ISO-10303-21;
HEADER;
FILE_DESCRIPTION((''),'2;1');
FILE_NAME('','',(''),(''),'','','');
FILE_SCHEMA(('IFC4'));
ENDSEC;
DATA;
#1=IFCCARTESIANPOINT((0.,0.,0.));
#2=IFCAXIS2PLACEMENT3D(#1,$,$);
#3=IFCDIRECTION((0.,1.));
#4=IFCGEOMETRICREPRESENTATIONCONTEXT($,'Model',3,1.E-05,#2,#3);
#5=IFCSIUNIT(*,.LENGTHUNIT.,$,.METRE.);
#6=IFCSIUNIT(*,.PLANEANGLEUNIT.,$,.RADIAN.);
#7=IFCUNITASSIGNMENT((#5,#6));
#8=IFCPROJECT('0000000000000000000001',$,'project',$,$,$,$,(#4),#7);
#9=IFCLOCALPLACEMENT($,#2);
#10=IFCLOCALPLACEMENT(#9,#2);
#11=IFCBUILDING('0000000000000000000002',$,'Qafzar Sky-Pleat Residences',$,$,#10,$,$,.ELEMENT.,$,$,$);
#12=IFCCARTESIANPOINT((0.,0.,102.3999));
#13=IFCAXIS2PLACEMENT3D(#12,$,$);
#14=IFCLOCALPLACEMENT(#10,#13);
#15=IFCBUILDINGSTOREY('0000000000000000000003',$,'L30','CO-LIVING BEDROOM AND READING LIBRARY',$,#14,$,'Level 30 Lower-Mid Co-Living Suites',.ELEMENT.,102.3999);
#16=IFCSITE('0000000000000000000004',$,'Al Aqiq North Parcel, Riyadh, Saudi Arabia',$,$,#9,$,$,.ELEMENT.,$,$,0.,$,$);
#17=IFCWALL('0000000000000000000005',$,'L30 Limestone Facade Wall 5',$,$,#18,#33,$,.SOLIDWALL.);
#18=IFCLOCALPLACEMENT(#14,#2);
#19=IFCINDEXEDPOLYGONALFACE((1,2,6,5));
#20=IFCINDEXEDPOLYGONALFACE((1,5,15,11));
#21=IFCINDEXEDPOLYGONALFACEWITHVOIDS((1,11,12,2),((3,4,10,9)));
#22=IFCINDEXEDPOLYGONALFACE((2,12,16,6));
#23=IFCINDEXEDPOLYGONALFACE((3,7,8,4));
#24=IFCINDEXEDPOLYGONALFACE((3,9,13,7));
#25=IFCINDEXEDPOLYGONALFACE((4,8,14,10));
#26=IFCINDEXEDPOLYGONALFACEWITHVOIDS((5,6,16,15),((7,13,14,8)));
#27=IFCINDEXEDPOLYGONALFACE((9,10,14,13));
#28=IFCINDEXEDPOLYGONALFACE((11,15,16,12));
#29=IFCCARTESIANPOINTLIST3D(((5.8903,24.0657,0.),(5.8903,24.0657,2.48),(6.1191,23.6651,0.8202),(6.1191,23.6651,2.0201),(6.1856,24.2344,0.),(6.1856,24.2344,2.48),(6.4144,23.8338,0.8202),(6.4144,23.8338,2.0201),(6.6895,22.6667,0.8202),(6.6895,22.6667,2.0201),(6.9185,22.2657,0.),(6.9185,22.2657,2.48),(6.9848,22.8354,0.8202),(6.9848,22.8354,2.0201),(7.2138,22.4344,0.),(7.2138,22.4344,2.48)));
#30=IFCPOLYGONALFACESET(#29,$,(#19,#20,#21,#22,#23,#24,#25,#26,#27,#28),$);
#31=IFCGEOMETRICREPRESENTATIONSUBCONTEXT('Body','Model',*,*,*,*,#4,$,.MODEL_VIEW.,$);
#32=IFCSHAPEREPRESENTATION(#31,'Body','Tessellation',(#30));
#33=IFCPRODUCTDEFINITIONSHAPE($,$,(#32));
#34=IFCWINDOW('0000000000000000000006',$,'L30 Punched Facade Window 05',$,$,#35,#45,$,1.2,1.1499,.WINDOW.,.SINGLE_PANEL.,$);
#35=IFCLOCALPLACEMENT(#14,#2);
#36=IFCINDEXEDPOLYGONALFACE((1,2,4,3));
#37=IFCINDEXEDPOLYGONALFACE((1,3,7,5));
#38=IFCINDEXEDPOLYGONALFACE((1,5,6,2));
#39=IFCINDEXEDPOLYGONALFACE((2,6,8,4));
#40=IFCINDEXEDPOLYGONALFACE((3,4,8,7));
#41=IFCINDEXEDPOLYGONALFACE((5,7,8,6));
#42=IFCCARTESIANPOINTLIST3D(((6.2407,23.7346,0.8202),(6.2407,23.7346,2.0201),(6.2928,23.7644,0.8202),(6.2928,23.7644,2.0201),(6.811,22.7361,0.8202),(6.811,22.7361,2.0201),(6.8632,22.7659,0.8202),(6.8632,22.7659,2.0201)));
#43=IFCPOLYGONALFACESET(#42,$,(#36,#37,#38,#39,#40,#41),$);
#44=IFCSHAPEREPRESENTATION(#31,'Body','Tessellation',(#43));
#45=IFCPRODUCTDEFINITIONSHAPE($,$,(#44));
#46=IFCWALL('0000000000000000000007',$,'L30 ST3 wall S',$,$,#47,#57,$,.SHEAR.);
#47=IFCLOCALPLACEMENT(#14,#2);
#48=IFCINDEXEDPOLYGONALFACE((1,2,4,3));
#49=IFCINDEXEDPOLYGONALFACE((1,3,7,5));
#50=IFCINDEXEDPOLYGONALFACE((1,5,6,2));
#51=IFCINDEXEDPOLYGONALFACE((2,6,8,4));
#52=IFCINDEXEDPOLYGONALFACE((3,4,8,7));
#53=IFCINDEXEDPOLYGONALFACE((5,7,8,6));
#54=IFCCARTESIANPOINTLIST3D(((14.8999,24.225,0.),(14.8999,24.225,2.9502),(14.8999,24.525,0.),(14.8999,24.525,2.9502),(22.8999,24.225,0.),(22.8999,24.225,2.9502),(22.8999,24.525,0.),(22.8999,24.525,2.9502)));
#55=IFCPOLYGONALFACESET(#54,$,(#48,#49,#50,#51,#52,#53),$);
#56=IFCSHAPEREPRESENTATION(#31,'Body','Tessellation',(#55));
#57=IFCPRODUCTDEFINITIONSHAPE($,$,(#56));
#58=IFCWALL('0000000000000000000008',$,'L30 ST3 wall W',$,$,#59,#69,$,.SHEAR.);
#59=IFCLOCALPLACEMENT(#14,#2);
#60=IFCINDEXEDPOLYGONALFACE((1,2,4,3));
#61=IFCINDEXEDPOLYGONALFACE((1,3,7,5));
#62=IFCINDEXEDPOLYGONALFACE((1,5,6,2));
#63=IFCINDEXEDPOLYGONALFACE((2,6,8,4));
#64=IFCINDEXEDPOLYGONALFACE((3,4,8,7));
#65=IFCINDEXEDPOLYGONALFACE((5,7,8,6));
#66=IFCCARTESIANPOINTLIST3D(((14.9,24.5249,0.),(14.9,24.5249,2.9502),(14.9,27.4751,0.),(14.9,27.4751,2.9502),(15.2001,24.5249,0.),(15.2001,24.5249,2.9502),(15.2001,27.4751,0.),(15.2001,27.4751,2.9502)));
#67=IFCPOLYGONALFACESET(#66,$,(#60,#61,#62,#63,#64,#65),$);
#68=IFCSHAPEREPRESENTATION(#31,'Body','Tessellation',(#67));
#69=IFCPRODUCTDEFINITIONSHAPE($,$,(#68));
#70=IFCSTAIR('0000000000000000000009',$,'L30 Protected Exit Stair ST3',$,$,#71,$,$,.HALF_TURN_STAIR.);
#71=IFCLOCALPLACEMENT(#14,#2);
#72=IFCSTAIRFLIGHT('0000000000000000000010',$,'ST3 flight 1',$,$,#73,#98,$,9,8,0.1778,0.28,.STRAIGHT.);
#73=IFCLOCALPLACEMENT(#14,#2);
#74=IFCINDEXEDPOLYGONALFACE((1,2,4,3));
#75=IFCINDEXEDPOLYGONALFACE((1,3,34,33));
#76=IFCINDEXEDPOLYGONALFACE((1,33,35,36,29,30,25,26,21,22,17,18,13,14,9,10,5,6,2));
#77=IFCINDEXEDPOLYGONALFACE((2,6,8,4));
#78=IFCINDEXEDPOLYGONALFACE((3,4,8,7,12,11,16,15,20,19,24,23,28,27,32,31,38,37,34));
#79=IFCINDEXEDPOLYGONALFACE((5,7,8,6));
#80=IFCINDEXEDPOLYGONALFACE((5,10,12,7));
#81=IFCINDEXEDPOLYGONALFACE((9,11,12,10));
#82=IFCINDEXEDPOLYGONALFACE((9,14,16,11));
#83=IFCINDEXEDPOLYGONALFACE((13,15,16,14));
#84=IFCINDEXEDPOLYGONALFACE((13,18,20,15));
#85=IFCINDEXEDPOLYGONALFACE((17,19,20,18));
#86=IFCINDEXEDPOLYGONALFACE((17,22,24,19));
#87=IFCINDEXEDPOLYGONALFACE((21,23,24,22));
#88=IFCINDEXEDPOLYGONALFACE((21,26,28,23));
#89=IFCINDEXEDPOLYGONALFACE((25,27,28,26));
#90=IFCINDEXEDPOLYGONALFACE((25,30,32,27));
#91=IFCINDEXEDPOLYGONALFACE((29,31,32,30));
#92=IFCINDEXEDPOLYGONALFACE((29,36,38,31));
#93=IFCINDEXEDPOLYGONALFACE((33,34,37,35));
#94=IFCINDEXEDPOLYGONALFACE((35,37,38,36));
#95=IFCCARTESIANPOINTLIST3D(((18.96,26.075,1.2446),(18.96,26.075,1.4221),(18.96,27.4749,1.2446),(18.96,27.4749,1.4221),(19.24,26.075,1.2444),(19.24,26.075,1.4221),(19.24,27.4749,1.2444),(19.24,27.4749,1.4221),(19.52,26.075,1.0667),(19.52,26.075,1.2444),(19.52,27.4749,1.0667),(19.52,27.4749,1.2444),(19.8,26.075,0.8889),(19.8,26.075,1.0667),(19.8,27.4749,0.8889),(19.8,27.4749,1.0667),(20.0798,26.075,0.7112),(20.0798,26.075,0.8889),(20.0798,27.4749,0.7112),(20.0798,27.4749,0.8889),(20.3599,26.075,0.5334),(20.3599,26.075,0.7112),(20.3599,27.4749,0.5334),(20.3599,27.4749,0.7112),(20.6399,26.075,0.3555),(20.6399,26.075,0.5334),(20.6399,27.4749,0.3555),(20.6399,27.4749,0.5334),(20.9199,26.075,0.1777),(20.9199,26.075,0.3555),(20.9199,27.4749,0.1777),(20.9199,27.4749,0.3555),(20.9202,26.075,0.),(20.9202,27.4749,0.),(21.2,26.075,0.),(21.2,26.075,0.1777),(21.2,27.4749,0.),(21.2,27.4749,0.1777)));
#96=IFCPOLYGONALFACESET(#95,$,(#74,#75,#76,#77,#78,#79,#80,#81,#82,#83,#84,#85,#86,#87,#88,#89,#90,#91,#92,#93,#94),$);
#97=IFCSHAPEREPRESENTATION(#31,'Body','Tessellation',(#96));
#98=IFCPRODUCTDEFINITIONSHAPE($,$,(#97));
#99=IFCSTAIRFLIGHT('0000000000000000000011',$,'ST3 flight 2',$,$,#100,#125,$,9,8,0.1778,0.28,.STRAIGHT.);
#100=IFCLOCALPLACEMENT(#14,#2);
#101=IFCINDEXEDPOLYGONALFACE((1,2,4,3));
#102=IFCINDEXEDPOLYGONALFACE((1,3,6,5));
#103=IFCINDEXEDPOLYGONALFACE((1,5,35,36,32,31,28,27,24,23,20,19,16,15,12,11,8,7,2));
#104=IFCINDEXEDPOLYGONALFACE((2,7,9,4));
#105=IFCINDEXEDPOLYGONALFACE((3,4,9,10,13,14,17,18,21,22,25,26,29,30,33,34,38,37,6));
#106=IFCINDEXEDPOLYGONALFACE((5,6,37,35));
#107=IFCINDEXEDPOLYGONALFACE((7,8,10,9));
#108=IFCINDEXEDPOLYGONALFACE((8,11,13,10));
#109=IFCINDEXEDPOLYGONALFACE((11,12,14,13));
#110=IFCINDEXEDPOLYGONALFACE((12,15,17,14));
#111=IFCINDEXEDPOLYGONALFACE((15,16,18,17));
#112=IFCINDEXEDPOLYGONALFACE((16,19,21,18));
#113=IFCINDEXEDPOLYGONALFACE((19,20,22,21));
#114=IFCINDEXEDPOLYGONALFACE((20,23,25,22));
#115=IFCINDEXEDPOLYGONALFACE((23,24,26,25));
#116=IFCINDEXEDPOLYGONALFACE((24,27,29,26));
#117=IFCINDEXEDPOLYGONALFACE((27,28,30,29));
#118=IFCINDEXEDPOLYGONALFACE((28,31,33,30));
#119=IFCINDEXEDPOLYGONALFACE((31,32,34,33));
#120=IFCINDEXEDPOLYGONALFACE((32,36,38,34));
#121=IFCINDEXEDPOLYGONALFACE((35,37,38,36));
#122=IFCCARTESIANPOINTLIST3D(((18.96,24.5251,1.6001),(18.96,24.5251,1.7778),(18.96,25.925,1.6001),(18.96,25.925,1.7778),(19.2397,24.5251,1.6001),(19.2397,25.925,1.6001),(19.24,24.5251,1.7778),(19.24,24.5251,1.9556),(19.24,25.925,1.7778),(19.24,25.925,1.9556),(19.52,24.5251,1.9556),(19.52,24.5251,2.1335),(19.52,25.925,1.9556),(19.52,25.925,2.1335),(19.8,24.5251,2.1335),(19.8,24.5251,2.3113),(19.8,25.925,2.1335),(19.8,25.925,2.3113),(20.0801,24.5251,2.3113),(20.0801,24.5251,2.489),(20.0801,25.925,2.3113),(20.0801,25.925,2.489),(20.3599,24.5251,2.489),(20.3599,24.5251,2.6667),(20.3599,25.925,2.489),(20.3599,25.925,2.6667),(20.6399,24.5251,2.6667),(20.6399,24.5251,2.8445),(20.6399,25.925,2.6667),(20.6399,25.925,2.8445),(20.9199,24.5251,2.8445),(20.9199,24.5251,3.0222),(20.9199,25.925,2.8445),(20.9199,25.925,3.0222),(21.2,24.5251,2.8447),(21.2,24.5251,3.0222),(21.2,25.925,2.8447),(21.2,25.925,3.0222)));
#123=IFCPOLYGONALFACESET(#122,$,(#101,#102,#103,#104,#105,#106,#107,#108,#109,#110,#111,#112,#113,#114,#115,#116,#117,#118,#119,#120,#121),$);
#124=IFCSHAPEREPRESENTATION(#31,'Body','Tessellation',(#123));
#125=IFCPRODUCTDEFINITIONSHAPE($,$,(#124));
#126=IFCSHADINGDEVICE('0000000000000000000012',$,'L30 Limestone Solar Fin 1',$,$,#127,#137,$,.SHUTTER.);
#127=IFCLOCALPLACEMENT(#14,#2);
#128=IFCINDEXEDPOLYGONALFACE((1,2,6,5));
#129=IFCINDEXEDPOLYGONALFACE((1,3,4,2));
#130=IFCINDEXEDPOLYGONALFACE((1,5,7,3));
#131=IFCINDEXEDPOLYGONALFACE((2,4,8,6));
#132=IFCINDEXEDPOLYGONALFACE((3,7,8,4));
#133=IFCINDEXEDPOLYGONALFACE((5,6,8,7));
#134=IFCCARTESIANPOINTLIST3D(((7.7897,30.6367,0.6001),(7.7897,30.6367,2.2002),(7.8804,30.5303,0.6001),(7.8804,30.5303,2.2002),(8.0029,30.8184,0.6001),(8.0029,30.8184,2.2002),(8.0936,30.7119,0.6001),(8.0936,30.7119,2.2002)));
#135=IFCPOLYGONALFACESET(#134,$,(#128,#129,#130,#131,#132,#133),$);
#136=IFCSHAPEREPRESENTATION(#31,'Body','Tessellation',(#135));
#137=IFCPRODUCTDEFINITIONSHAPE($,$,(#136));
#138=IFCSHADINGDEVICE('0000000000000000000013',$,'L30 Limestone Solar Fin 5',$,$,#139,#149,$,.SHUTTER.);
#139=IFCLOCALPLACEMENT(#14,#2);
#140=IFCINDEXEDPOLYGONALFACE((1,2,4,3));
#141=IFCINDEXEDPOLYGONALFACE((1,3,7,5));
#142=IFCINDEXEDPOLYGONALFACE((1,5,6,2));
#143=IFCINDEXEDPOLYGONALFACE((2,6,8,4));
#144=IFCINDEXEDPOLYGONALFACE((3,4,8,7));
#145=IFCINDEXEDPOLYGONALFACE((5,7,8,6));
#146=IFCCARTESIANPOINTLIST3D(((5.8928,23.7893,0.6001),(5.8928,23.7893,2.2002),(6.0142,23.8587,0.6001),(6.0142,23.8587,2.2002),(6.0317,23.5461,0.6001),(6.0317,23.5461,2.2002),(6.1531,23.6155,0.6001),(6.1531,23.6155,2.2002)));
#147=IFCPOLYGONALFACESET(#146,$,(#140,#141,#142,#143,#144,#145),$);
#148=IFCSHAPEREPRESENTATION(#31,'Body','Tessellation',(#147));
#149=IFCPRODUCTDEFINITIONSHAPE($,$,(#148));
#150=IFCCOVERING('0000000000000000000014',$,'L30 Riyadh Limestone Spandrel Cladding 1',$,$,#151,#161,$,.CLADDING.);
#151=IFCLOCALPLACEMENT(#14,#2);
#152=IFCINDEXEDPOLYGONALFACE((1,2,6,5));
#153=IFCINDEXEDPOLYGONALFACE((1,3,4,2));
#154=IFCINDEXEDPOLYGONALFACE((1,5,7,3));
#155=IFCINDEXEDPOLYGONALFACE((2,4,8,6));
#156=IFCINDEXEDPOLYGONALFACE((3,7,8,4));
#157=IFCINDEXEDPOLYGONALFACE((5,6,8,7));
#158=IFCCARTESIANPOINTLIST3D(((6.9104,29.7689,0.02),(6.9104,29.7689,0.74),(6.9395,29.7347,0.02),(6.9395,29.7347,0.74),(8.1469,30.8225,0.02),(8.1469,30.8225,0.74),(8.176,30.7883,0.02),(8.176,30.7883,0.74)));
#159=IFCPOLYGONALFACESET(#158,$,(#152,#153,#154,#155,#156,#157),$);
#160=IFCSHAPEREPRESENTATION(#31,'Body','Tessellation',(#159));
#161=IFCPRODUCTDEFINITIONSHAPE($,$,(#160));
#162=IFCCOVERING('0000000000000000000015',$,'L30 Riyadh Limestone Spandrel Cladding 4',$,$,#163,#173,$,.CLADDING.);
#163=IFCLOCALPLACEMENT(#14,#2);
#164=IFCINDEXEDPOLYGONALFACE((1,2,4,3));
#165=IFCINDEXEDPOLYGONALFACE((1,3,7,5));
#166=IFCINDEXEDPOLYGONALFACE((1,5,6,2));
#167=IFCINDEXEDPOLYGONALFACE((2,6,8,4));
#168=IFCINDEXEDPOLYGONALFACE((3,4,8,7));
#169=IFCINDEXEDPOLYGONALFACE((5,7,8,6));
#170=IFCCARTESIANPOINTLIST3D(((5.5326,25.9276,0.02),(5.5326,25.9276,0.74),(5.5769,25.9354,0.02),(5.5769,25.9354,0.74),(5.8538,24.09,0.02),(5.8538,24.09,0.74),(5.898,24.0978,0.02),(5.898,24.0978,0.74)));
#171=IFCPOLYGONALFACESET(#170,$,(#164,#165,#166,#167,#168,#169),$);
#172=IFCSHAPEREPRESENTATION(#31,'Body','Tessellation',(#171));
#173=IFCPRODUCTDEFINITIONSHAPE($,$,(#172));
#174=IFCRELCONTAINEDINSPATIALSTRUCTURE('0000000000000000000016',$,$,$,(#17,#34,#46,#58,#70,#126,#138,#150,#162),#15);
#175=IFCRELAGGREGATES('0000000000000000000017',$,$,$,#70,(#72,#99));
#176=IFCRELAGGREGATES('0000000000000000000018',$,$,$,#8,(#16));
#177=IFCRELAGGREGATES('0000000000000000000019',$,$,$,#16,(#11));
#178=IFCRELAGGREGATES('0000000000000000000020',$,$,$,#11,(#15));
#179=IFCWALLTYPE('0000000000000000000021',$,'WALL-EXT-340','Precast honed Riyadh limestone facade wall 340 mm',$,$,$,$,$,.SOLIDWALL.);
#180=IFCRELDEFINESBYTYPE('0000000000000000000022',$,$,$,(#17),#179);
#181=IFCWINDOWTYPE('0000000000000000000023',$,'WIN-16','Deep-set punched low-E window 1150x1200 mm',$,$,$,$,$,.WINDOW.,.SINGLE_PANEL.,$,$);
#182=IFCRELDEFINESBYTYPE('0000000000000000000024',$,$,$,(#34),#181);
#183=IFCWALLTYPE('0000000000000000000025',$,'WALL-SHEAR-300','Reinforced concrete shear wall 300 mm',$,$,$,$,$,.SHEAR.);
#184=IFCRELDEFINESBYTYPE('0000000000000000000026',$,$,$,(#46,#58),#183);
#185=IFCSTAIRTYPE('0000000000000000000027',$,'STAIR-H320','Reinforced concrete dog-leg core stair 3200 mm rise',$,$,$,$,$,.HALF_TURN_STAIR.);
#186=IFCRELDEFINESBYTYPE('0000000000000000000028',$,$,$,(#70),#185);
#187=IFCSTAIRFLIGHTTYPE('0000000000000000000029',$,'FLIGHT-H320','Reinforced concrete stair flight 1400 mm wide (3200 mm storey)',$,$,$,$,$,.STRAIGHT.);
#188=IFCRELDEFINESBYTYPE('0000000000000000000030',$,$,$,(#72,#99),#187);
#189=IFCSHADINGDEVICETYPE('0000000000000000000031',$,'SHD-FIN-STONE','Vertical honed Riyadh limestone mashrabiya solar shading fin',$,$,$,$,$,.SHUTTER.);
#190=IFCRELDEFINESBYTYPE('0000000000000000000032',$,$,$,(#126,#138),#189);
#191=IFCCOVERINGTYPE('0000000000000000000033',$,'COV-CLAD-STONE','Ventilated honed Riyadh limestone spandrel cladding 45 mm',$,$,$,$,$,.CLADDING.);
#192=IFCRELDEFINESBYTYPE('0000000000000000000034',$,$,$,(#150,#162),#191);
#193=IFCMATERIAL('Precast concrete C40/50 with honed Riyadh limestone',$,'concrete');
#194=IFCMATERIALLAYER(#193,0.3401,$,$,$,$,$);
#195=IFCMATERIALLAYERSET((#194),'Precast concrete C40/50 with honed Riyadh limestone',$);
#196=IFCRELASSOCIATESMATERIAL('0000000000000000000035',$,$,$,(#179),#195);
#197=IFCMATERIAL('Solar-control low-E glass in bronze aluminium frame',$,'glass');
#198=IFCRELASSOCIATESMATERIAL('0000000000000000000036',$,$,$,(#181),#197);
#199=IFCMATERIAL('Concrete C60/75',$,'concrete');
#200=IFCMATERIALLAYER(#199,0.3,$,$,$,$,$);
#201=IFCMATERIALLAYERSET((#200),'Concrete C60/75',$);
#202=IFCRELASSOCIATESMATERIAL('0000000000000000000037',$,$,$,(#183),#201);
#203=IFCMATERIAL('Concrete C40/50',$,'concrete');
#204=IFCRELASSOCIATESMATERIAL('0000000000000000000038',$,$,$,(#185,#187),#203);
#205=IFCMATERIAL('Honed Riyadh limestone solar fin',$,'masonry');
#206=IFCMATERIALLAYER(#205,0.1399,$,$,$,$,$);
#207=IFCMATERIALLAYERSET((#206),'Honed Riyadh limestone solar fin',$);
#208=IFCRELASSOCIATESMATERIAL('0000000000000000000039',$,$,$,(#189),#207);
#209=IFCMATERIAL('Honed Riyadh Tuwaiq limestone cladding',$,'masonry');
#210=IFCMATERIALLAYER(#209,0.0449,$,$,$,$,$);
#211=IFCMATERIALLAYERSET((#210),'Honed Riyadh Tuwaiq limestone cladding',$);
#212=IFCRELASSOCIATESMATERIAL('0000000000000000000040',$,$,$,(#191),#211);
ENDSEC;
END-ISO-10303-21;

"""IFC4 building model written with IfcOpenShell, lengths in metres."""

from ifc_helpers import new_model, si_unit, direction, frame, frame_2d, origin, origin_2d, place, context, subcontext, project, spatial, polyline, rectangle, outline, extrude, source, transform, mapped, material, layer, layer_set, type_object, element, fill, aggregate, save


model = new_model("IFC4")

# Units and contexts
model_context = context("Model", 3, precision=1e-05, world=origin(), true_north=direction((0.0, 1.0)))
body_context = subcontext(model_context, "Body", "Model", "MODEL_VIEW")
ifc_project = project(units=[si_unit("LENGTHUNIT", "METRE"), si_unit("PLANEANGLEUNIT", "RADIAN")], contexts=[model_context])

# Site, building, storey
site_placement = place(None, origin())
site = spatial("IfcSite", under=ifc_project, at=site_placement, Name="Al Aqiq North Parcel, Riyadh, Saudi Arabia", CompositionType="ELEMENT", RefElevation=0.0)
building_placement = place(site_placement, origin())
building = spatial("IfcBuilding", under=site, at=building_placement, Name="Qafzar Sky-Pleat Residences", CompositionType="ELEMENT")
storey_placement = place(building_placement, frame((0.0, 0.0, 102.3999)))
storey = spatial("IfcBuildingStorey", under=building, at=storey_placement, Name="L30", Description="CO-LIVING BEDROOM AND READING LIBRARY", LongName="Level 30 Lower-Mid Co-Living Suites", CompositionType="ELEMENT", Elevation=102.3999)

# Wall, opening, window
ifc_material_1 = material(Name="Precast concrete C40/50 with honed Riyadh limestone", Category="concrete")
ifc_layer_1 = layer(ifc_material_1, 0.3401)
ifc_layer_set_1 = layer_set([ifc_layer_1], Name="Precast concrete C40/50 with honed Riyadh limestone")
wall_type_1 = type_object("IfcWallType", Name="WALL-EXT-340", Description="Precast honed Riyadh limestone facade wall 340 mm", PredefinedType="SOLIDWALL", material=ifc_layer_set_1)
ifc_material_2 = material(Name="Solar-control low-E glass in bronze aluminium frame", Category="glass")
wall_1_placement = place(storey_placement, frame((6.0378, 24.1501, 0.0), z_axis=(0.0, 0.0, 1.0), x_axis=(0.496037, -0.868301, 0.0)))
wall_1 = element("IfcWall", 1, at=wall_1_placement, inside=storey, type_object=wall_type_1, Name="L30 Limestone Facade Wall 5", PredefinedType="SOLIDWALL", context=body_context, shape_type="SweptSolid", body=[
    extrude(rectangle(XDim=2.073, YDim=0.3401, at=frame_2d((1.0366, 0.0))), origin(), (0.0, 0.0, 1.0), 2.48),
])
opening_1_placement = place(wall_1_placement, frame((0.4614, 0.0, 0.8201)))
opening_1 = element("IfcOpeningElement", 2, at=opening_1_placement, cuts=wall_1, PredefinedType="OPENING", context=body_context, shape_type="SweptSolid", body=[
    extrude(rectangle(XDim=1.1499, YDim=1.2, at=frame_2d((0.575, 0.6001))), frame((0.0, 0.1802, 0.0), z_axis=(0.0, -1.0, 0.0), x_axis=(1.0, 0.0, 0.0)), (0.0, 0.0, 1.0), 0.3601),
])
window_type_1 = type_object("IfcWindowType", Name="WIN-16", Description="Deep-set punched low-E window 1150x1200 mm", PartitioningType="SINGLE_PANEL", PredefinedType="WINDOW", material=ifc_material_2)
shared_shape_1 = source(origin(), body_context, "Body", "SweptSolid", [
    extrude(rectangle(XDim=1.1499, YDim=1.2, at=frame_2d((0.575, 0.6001))), frame((0.0, 0.03, 0.0), z_axis=(0.0, -1.0, 0.0), x_axis=(1.0, 0.0, 0.0)), (0.0, 0.0, 1.0), 0.0601),
])
window_1_placement = place(opening_1_placement, origin())
window_1 = element("IfcWindow", 3, at=window_1_placement, inside=storey, type_object=window_type_1, Name="L30 Punched Facade Window 05", OverallHeight=1.2, OverallWidth=1.1499, PartitioningType="SINGLE_PANEL", PredefinedType="WINDOW", context=body_context, shape_type="MappedRepresentation", body=[
    mapped(shared_shape_1, transform((0.0, 0.0, 0.0), x_axis=(1.0, 0.0, 0.0), y_axis=(0.0, 1.0, 0.0), z_axis=(0.0, 0.0, 1.0), scale=1.0)),
])
fill(opening_1, window_1)

# Walls
ifc_material_3 = material(Name="Concrete C60/75", Category="concrete")
ifc_layer_2 = layer(ifc_material_3, 0.3)
ifc_layer_set_2 = layer_set([ifc_layer_2], Name="Concrete C60/75")
wall_type_2 = type_object("IfcWallType", Name="WALL-SHEAR-300", Description="Reinforced concrete shear wall 300 mm", PredefinedType="SHEAR", material=ifc_layer_set_2)
wall_2_placement = place(storey_placement, frame((14.8999, 24.375, 0.0), z_axis=(0.0, 0.0, 1.0), x_axis=(1.0, 0.0, 0.0)))
element("IfcWall", 4, at=wall_2_placement, inside=storey, type_object=wall_type_2, Name="L30 ST3 wall S", PredefinedType="SHEAR", context=body_context, shape_type="SweptSolid", body=[
    extrude(rectangle(XDim=8.0, YDim=0.3, at=frame_2d((4.0, 0.0))), origin(), (0.0, 0.0, 1.0), 2.9502),
])
wall_3_placement = place(storey_placement, frame((15.05, 27.4751, 0.0), z_axis=(0.0, 0.0, 1.0), x_axis=(0.0, -1.0, 0.0)))
element("IfcWall", 5, at=wall_3_placement, inside=storey, type_object=wall_type_2, Name="L30 ST3 wall W", PredefinedType="SHEAR", context=body_context, shape_type="SweptSolid", body=[
    extrude(rectangle(XDim=2.9502, YDim=0.3, at=frame_2d((1.4751, 0.0))), origin(), (0.0, 0.0, 1.0), 2.9502),
])

# Stair, stair flights
ifc_material_4 = material(Name="Concrete C40/50", Category="concrete")
stair_type = type_object("IfcStairType", Name="STAIR-H320", Description="Reinforced concrete dog-leg core stair 3200 mm rise", PredefinedType="HALF_TURN_STAIR", material=ifc_material_4)
stair_placement = place(storey_placement, origin())
stair = element("IfcStair", 6, at=stair_placement, inside=storey, type_object=stair_type, Name="L30 Protected Exit Stair ST3", PredefinedType="HALF_TURN_STAIR")
stair_flight_type = type_object("IfcStairFlightType", Name="FLIGHT-H320", Description="Reinforced concrete stair flight 1400 mm wide (3200 mm storey)", PredefinedType="STRAIGHT", material=ifc_material_4)
shared_shape_2 = source(origin(), body_context, "Body", "SweptSolid", [
    extrude(outline(polyline([(0.0, 0.0), (0.0, 0.1777), (0.28, 0.1777), (0.28, 0.3555), (0.5601, 0.3555), (0.5601, 0.5334), (0.8401, 0.5334), (0.8401, 0.7112), (1.1201, 0.7112), (1.1201, 0.8889), (1.3999, 0.8889), (1.3999, 1.0667), (1.6799, 1.0667), (1.6799, 1.2444), (1.96, 1.2444), (1.96, 1.4221), (2.24, 1.4221), (2.24, 1.6001), (2.24, 1.2446), (0.2798, 0.0), (0.0, 0.0)])), frame((0.0, 0.7, 0.0), z_axis=(0.0, -1.0, 0.0), x_axis=(1.0, 0.0, 0.0)), (0.0, 0.0, 1.0), 1.3999),
])
stair_flight_1_placement = place(storey_placement, frame((21.2, 26.7749, 0.0), z_axis=(0.0, 0.0, 1.0), x_axis=(-1.0, 0.0, 0.0)))
stair_flight_1 = element("IfcStairFlight", 7, at=stair_flight_1_placement, type_object=stair_flight_type, Name="ST3 flight 1", NumberOfRisers=9, NumberOfTreads=8, PredefinedType="STRAIGHT", RiserHeight=0.1778, TreadLength=0.28, context=body_context, shape_type="MappedRepresentation", body=[
    mapped(shared_shape_2, transform((0.0, 0.0, 0.0), x_axis=(1.0, 0.0, 0.0), y_axis=(0.0, 1.0, 0.0), z_axis=(0.0, 0.0, 1.0), scale=1.0)),
])
stair_flight_2_placement = place(storey_placement, frame((18.96, 25.2251, 1.6001), z_axis=(0.0, 0.0, 1.0), x_axis=(1.0, 0.0, 0.0)))
stair_flight_2 = element("IfcStairFlight", 8, at=stair_flight_2_placement, type_object=stair_flight_type, Name="ST3 flight 2", NumberOfRisers=9, NumberOfTreads=8, PredefinedType="STRAIGHT", RiserHeight=0.1778, TreadLength=0.28, context=body_context, shape_type="MappedRepresentation", body=[
    mapped(shared_shape_2, transform((0.0, 0.0, 0.0), x_axis=(1.0, 0.0, 0.0), y_axis=(0.0, 1.0, 0.0), z_axis=(0.0, 0.0, 1.0), scale=1.0)),
])
aggregate(stair, [stair_flight_1, stair_flight_2])

# Shading devices
ifc_material_5 = material(Name="Honed Riyadh limestone solar fin", Category="masonry")
ifc_layer_3 = layer(ifc_material_5, 0.1399)
ifc_layer_set_3 = layer_set([ifc_layer_3], Name="Honed Riyadh limestone solar fin")
shading_device_type = type_object("IfcShadingDeviceType", Name="SHD-FIN-STONE", Description="Vertical honed Riyadh limestone mashrabiya solar shading fin", PredefinedType="SHUTTER", material=ifc_layer_set_3)
shared_shape_3 = source(origin(), body_context, "Body", "SweptSolid", [
    extrude(rectangle(XDim=0.1399, YDim=0.28, at=origin_2d()), origin(), (0.0, 0.0, 1.0), 1.6001),
])
for number, where, z_axis, x_axis, name in (
    (9, (7.9417, 30.6743, 0.6001), (0.0, 0.0, 1.0), (-0.648603, 0.761127, 0.0), "L30 Limestone Solar Fin 1"),
    (10, (6.0229, 23.7024, 0.6001), (0.0, 0.0, 1.0), (-0.868299, -0.496042, 0.0), "L30 Limestone Solar Fin 5"),
):
    element("IfcShadingDevice", number, at=place(storey_placement, frame(where, z_axis=z_axis, x_axis=x_axis)), inside=storey, type_object=shading_device_type, Name=name, PredefinedType="SHUTTER", context=body_context, shape_type="MappedRepresentation", body=[
        mapped(shared_shape_3, transform((0.0, 0.0, 0.0), x_axis=(1.0, 0.0, 0.0), y_axis=(0.0, 1.0, 0.0), z_axis=(0.0, 0.0, 1.0), scale=1.0)),
    ])

# Coverings
ifc_material_6 = material(Name="Honed Riyadh Tuwaiq limestone cladding", Category="masonry")
ifc_layer_4 = layer(ifc_material_6, 0.0449)
ifc_layer_set_4 = layer_set([ifc_layer_4], Name="Honed Riyadh Tuwaiq limestone cladding")
covering_type = type_object("IfcCoveringType", Name="COV-CLAD-STONE", Description="Ventilated honed Riyadh limestone spandrel cladding 45 mm", PredefinedType="CLADDING", material=ifc_layer_set_4)
shared_shape_4 = source(origin(), body_context, "Body", "SweptSolid", [
    extrude(rectangle(XDim=1.6245, YDim=0.0449, at=origin_2d()), origin(), (0.0, 0.0, 1.0), 0.72),
])
covering_1_placement = place(storey_placement, frame((7.5432, 30.2786, 0.02), z_axis=(0.0, 0.0, 1.0), x_axis=(-0.761154, -0.648571, 0.0)))
element("IfcCovering", 11, at=covering_1_placement, inside=storey, type_object=covering_type, Name="L30 Riyadh Limestone Spandrel Cladding 1", PredefinedType="CLADDING", context=body_context, shape_type="MappedRepresentation", body=[
    mapped(shared_shape_4, transform((0.0, 0.0, 0.0), x_axis=(1.0, 0.0, 0.0), y_axis=(0.0, 1.0, 0.0), z_axis=(0.0, 0.0, 1.0), scale=1.0)),
])
shared_shape_5 = source(origin(), body_context, "Body", "SweptSolid", [
    extrude(rectangle(XDim=1.8655, YDim=0.0449, at=origin_2d()), origin(), (0.0, 0.0, 1.0), 0.72),
])
covering_2_placement = place(storey_placement, frame((5.7153, 25.0127, 0.02), z_axis=(0.0, 0.0, 1.0), x_axis=(0.17217, -0.985067, 0.0)))
element("IfcCovering", 12, at=covering_2_placement, inside=storey, type_object=covering_type, Name="L30 Riyadh Limestone Spandrel Cladding 4", PredefinedType="CLADDING", context=body_context, shape_type="MappedRepresentation", body=[
    mapped(shared_shape_5, transform((0.0, 0.0, 0.0), x_axis=(1.0, 0.0, 0.0), y_axis=(0.0, 1.0, 0.0), z_axis=(0.0, 0.0, 1.0), scale=1.0)),
])

save(model, "model.ifc")
